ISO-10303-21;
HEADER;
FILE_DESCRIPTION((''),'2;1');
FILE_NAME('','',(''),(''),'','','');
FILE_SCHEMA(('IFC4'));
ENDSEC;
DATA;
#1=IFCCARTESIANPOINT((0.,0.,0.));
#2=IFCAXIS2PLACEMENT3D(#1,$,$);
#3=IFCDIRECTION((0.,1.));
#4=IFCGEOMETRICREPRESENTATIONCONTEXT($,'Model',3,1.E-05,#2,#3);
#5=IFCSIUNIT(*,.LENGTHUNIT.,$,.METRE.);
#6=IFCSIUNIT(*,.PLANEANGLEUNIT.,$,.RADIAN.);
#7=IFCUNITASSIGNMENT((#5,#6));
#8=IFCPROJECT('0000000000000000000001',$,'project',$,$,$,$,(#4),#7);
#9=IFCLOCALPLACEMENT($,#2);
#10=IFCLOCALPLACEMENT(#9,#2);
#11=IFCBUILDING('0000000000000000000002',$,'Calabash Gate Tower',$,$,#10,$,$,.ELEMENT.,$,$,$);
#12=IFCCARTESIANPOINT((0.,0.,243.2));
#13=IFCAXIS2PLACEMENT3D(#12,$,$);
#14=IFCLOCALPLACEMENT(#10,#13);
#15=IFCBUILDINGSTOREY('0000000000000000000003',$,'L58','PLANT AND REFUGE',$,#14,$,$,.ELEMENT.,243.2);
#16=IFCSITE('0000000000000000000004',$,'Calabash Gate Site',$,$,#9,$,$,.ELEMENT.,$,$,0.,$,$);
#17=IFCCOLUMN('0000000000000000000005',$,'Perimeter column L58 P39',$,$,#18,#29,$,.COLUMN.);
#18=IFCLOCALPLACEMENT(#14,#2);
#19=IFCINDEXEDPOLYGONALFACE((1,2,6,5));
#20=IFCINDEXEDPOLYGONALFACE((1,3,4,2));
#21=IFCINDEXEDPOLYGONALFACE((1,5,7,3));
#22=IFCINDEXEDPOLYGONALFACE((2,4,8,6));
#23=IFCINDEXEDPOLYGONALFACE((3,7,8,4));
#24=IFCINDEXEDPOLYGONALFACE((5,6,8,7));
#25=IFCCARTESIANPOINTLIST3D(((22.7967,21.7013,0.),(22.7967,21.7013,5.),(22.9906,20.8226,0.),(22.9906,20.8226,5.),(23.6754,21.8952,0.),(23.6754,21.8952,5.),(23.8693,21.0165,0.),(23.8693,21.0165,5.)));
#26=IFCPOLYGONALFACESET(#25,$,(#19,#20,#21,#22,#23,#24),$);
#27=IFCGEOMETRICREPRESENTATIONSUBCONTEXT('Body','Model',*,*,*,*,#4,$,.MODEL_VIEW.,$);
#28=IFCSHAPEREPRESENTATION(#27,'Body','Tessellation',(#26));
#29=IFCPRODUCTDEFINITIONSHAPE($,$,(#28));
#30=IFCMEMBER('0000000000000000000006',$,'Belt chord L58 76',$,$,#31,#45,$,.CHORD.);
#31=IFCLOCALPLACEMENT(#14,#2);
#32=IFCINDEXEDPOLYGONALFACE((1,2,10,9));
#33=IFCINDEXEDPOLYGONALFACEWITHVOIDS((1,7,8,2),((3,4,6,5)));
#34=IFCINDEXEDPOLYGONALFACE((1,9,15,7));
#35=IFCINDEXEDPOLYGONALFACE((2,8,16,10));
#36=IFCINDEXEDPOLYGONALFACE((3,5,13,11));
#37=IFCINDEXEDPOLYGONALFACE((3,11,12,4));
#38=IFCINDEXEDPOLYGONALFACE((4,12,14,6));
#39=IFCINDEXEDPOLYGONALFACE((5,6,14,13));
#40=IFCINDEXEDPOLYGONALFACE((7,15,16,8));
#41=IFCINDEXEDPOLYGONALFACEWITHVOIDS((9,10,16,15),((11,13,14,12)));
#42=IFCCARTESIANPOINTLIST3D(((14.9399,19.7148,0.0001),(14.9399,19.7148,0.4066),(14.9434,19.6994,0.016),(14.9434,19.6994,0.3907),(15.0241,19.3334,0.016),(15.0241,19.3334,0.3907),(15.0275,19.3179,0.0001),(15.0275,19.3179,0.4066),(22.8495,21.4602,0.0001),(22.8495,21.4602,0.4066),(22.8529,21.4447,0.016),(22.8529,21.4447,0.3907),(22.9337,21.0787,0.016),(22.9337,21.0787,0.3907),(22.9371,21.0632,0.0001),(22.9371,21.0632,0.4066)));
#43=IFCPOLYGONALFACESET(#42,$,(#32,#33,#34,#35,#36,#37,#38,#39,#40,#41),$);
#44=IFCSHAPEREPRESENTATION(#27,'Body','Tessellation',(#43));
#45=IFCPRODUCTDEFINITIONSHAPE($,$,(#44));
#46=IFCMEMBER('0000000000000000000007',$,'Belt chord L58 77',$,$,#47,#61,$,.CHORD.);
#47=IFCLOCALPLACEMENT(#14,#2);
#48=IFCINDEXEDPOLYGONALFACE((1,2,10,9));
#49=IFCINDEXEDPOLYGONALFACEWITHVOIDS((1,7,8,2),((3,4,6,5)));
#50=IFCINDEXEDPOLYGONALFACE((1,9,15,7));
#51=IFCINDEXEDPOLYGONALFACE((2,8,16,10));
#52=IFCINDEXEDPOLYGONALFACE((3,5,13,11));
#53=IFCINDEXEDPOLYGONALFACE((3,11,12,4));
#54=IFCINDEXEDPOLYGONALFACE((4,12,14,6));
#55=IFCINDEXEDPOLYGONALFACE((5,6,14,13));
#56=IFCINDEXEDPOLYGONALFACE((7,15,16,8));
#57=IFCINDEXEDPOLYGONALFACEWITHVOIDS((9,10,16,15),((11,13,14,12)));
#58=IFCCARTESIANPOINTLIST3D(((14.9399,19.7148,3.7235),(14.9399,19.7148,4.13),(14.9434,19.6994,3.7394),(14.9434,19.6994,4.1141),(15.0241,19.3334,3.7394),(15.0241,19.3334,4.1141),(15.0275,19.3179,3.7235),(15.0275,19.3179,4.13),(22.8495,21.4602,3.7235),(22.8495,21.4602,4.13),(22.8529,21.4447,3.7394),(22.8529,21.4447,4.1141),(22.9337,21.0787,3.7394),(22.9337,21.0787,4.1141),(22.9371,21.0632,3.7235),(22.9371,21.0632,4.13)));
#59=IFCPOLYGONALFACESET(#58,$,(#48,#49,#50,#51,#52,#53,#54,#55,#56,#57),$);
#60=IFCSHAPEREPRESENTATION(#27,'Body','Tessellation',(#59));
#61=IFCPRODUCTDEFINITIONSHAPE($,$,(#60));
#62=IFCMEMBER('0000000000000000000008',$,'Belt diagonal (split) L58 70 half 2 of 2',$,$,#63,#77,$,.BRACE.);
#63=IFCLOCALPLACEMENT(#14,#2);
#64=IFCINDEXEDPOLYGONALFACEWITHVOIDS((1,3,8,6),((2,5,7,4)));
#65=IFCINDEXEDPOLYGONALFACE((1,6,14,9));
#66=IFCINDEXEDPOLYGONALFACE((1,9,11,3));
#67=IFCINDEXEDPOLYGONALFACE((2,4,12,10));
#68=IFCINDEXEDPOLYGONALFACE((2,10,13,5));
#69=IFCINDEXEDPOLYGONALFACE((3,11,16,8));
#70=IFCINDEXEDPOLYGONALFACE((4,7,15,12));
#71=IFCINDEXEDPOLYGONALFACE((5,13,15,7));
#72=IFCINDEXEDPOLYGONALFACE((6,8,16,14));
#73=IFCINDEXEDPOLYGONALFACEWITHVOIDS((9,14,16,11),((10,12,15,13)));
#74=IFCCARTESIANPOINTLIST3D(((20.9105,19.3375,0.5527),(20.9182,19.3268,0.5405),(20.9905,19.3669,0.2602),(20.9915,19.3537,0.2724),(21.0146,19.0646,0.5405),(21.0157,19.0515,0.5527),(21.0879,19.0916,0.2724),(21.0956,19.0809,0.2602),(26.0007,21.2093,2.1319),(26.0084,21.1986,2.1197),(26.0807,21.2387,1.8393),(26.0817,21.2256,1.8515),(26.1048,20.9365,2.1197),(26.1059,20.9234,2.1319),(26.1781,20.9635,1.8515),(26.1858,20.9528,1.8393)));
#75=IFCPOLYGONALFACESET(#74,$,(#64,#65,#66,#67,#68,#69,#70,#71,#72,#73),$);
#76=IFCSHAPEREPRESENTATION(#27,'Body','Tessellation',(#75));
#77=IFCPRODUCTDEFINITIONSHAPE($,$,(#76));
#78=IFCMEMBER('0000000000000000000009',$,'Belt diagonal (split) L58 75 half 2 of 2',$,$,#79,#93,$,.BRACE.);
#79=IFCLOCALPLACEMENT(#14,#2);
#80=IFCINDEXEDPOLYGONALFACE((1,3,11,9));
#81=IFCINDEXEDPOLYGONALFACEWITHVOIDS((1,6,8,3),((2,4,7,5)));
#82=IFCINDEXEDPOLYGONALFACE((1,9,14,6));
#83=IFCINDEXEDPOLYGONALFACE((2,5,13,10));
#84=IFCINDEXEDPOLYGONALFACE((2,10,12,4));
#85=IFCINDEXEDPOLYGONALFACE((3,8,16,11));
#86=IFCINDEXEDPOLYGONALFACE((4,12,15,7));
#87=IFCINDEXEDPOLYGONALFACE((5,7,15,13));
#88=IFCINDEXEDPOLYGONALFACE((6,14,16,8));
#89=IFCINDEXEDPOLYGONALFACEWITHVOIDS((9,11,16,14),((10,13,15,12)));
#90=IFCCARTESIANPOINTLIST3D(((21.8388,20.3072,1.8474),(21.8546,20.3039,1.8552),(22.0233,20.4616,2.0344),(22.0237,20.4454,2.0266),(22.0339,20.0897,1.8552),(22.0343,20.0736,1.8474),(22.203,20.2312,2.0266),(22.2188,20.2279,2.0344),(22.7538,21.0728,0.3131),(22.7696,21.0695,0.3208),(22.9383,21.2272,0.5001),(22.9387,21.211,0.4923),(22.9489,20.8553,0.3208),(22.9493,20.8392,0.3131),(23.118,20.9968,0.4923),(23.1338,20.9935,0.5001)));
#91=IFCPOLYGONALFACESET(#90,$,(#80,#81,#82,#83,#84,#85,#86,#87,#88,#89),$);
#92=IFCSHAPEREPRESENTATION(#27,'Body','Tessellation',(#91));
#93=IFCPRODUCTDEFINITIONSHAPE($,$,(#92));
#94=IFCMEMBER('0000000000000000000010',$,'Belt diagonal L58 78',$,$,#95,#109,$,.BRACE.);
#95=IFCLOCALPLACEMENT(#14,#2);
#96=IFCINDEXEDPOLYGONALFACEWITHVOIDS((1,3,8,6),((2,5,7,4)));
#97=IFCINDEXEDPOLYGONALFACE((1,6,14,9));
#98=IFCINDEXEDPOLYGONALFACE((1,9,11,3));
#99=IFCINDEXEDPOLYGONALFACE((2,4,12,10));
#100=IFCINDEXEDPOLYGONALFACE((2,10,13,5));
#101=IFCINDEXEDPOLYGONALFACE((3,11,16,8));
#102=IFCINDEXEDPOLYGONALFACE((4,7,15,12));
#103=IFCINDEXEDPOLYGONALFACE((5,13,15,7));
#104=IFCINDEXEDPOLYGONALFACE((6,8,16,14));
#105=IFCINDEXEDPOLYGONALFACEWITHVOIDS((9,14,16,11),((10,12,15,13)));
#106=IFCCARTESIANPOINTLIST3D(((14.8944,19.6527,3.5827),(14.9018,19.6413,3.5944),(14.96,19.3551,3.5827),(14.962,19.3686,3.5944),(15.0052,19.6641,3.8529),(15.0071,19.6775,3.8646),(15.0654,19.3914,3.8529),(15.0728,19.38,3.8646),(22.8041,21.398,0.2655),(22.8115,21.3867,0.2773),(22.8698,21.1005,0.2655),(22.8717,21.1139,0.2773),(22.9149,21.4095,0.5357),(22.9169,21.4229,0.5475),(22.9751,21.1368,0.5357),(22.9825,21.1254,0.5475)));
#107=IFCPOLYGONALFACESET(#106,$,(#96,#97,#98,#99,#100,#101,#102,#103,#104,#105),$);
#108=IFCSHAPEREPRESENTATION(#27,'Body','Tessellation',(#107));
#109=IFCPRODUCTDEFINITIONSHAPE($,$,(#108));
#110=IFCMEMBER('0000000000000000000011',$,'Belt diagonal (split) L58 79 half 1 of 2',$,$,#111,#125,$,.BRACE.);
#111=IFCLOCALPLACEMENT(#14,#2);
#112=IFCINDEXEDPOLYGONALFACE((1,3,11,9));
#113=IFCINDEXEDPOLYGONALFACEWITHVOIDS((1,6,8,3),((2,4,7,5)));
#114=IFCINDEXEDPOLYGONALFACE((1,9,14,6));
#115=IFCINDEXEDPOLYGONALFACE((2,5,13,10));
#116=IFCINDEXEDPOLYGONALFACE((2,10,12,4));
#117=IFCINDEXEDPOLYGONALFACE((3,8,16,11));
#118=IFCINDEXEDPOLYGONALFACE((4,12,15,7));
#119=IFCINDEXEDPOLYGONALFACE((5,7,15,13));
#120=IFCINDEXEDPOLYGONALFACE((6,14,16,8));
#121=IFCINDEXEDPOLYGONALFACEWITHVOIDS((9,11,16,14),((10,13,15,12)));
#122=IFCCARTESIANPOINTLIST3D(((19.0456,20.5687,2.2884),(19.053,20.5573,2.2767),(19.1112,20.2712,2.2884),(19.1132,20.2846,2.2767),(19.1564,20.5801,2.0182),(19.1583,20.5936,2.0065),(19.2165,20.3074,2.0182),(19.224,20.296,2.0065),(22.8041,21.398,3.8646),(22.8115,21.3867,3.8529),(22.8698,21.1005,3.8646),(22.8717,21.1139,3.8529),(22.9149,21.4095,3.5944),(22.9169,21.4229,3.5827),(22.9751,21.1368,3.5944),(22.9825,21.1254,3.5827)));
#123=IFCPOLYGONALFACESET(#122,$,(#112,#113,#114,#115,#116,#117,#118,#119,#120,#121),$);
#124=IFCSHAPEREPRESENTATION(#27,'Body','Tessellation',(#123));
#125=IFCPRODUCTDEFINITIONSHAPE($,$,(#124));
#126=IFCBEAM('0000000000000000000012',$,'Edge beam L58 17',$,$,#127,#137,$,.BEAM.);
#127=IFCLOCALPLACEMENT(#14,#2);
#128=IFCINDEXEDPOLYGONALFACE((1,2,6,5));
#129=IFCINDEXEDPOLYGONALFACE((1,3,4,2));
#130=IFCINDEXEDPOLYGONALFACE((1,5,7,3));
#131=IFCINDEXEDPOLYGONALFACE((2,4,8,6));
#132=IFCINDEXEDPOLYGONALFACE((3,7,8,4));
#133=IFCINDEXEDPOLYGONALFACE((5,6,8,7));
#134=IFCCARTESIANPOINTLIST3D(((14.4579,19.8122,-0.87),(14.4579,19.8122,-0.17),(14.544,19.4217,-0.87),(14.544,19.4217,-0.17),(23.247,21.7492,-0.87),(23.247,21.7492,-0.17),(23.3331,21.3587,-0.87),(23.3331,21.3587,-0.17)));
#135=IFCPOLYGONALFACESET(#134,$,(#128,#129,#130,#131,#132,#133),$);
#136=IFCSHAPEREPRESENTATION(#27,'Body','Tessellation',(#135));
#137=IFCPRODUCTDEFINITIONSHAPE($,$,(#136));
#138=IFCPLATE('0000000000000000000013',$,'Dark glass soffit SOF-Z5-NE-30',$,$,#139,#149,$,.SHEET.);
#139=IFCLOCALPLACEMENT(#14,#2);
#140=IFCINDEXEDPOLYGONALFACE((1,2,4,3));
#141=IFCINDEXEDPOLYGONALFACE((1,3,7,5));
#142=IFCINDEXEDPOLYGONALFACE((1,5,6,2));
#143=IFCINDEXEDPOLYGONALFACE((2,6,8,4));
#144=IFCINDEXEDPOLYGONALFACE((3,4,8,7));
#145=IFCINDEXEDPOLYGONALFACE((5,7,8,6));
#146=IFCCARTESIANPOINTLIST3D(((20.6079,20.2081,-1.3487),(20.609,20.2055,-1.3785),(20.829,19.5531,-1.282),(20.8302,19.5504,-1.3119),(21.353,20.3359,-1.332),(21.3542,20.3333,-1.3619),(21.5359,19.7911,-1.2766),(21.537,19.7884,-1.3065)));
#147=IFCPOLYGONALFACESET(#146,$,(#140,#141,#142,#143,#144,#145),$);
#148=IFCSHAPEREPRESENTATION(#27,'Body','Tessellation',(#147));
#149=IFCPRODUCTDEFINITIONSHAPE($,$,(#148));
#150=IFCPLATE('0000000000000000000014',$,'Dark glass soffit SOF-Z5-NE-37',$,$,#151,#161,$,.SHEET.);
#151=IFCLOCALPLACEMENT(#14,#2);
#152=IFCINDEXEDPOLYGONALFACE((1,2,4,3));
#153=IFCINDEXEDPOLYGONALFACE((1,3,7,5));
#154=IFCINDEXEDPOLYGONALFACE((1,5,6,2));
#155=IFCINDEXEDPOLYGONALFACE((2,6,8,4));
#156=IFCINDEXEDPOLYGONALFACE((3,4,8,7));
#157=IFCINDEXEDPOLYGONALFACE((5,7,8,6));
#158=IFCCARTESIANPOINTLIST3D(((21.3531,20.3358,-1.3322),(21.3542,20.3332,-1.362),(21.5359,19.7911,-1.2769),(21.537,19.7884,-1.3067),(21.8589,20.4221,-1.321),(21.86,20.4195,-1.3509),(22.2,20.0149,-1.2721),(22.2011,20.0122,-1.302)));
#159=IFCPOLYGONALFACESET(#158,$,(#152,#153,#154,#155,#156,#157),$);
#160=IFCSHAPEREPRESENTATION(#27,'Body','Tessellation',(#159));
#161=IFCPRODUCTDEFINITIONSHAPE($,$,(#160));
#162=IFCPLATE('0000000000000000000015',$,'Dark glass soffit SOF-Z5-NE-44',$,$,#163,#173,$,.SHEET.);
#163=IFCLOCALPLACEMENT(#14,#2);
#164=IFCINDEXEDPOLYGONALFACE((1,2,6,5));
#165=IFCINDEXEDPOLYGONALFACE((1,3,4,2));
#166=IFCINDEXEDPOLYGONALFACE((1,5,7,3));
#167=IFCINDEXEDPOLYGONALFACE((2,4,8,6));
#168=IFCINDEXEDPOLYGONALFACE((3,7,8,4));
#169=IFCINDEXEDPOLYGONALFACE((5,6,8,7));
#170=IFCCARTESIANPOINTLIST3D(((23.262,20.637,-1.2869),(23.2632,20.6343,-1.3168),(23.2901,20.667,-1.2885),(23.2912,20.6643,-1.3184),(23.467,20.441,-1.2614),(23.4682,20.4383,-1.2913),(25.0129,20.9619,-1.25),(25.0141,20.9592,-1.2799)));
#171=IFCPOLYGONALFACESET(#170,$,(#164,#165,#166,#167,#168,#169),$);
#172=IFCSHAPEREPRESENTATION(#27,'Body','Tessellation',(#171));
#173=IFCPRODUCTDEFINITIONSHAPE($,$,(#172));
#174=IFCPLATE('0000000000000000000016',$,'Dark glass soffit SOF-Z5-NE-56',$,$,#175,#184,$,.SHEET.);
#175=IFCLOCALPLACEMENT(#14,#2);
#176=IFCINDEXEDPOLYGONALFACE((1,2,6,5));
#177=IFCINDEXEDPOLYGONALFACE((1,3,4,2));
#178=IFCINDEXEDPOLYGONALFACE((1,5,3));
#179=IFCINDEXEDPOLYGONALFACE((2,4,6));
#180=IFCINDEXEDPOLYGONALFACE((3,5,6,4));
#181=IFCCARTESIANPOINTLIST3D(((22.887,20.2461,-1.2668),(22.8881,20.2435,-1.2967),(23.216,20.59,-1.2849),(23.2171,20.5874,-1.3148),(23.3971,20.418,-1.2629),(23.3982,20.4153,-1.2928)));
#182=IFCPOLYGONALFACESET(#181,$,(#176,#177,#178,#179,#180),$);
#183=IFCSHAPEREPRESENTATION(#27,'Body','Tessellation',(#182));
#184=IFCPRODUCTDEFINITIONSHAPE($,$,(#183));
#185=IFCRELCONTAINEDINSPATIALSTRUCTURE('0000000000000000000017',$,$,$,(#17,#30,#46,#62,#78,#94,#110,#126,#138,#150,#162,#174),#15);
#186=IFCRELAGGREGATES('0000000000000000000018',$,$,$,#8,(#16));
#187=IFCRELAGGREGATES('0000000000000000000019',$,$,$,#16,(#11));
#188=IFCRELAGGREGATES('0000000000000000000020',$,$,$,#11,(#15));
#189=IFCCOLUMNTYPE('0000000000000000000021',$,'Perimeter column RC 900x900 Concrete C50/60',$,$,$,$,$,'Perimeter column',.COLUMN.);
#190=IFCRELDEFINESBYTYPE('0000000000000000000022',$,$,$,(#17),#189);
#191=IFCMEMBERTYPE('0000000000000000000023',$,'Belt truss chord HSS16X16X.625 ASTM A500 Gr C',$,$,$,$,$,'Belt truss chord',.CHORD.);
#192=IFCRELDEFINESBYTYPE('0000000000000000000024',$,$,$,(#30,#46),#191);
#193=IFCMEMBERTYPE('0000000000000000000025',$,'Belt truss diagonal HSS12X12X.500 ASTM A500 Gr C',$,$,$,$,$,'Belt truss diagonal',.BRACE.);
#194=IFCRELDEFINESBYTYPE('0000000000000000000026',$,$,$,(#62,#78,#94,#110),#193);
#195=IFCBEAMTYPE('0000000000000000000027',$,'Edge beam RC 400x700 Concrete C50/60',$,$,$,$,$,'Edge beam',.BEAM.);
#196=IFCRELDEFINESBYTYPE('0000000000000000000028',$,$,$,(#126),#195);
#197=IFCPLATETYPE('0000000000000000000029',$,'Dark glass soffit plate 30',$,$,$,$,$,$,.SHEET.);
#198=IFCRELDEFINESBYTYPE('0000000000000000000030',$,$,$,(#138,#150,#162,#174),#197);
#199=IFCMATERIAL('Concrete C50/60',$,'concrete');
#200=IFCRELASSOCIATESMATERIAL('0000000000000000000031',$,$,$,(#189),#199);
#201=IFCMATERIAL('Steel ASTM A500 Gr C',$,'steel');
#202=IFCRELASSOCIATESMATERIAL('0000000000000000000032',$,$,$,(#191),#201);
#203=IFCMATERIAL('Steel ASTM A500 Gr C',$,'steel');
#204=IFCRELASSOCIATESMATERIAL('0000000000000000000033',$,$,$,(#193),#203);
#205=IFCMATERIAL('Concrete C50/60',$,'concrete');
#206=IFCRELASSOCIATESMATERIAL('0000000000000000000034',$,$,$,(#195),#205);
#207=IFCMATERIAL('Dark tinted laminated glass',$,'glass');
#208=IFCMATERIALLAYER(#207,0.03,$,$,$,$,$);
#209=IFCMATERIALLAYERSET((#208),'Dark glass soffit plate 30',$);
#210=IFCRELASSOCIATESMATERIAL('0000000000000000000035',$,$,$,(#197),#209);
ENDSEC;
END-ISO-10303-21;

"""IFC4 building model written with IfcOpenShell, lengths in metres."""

from ifc_helpers import new_model, si_unit, direction, frame, origin, origin_2d, place, context, subcontext, project, spatial, polyline, rectangle, hollow_rectangle, outline, extrude, material, layer, layer_set, material_profile, profile_set, type_object, element, save


model = new_model("IFC4")

# Units and contexts
model_context = context("Model", 3, precision=1e-05, world=origin(), true_north=direction((0.0, 1.0)))
body_context = subcontext(model_context, "Body", "Model", "MODEL_VIEW")
ifc_project = project(units=[si_unit("LENGTHUNIT", "METRE"), si_unit("PLANEANGLEUNIT", "RADIAN")], contexts=[model_context])

# Site, building, storey
site_placement = place(None, origin())
site = spatial("IfcSite", under=ifc_project, at=site_placement, Name="Calabash Gate Site", CompositionType="ELEMENT", RefElevation=0.0)
building_placement = place(site_placement, origin())
building = spatial("IfcBuilding", under=site, at=building_placement, Name="Calabash Gate Tower", CompositionType="ELEMENT")
storey_placement = place(building_placement, frame((0.0, 0.0, 243.2)))
storey = spatial("IfcBuildingStorey", under=building, at=storey_placement, Name="L58", Description="PLANT AND REFUGE", CompositionType="ELEMENT", Elevation=243.2)

# Column
ifc_material_1 = material(Name="Concrete C50/60", Category="concrete")
ifc_material_profile_1 = material_profile(ifc_material_1, rectangle(XDim=0.8999, YDim=0.8999, at=origin_2d()))
ifc_profile_set_1 = profile_set([ifc_material_profile_1], Name="Concrete C50/60")
column_type = type_object("IfcColumnType", Name="Perimeter column RC 900x900 Concrete C50/60", ElementType="Perimeter column", PredefinedType="COLUMN", material=ifc_profile_set_1)
column_placement = place(storey_placement, frame((23.333, 21.3589, 0.0), z_axis=(0.0, 0.0, 1.0), x_axis=(-0.976511, -0.215468, 0.0)))
element("IfcColumn", 1, at=column_placement, inside=storey, type_object=column_type, Name="Perimeter column L58 P39", PredefinedType="COLUMN", context=body_context, shape_type="SweptSolid", body=[
    extrude(rectangle(XDim=0.8999, YDim=0.8999, at=origin_2d()), origin(), (0.0, 0.0, 1.0), 5.0),
])

# Members
ifc_material_2 = material(Name="Steel ASTM A500 Gr C", Category="steel")
ifc_material_profile_2 = material_profile(ifc_material_2, hollow_rectangle(XDim=0.4065, YDim=0.4065, WallThickness=0.0159, at=origin_2d()))
ifc_profile_set_2 = profile_set([ifc_material_profile_2], Name="Steel ASTM A500 Gr C")
member_type_1 = type_object("IfcMemberType", Name="Belt truss chord HSS16X16X.625 ASTM A500 Gr C", ElementType="Belt truss chord", PredefinedType="CHORD", material=ifc_profile_set_2)
for number, where, z_axis, x_axis, name in (
    (2, (22.8933, 21.2617, 0.2034), (-0.976509, -0.215478, 0.0), (0.215478, -0.976509, 0.0), "Belt chord L58 76"),
    (3, (22.8933, 21.2617, 3.9268), (-0.976509, -0.215478, 0.0), (0.215478, -0.976509, 0.0), "Belt chord L58 77"),
):
    element("IfcMember", number, at=place(storey_placement, frame(where, z_axis=z_axis, x_axis=x_axis)), inside=storey, type_object=member_type_1, Name=name, PredefinedType="CHORD", context=body_context, shape_type="SweptSolid", body=[
        extrude(hollow_rectangle(XDim=0.4065, YDim=0.4065, WallThickness=0.0159, at=origin_2d()), origin(), (0.0, 0.0, 1.0), 8.0999),
    ])
ifc_material_3 = material(Name="Steel ASTM A500 Gr C", Category="steel")
ifc_material_profile_3 = material_profile(ifc_material_3, hollow_rectangle(XDim=0.3047, YDim=0.3047, WallThickness=0.0127, at=origin_2d()))
ifc_profile_set_3 = profile_set([ifc_material_profile_3], Name="Steel ASTM A500 Gr C")
member_type_2 = type_object("IfcMemberType", Name="Belt truss diagonal HSS12X12X.500 ASTM A500 Gr C", ElementType="Belt truss diagonal", PredefinedType="BRACE", material=ifc_profile_set_3)
member_1_placement = place(storey_placement, frame((26.0933, 21.0811, 1.9856), z_axis=(-0.901129, -0.331381, -0.279558), x_axis=(0.345142, -0.93855, 0.0)))
element("IfcMember", 4, at=member_1_placement, inside=storey, type_object=member_type_2, Name="Belt diagonal (split) L58 70 half 2 of 2", PredefinedType="BRACE", context=body_context, shape_type="SweptSolid", body=[
    extrude(hollow_rectangle(XDim=0.3047, YDim=0.3047, WallThickness=0.0127, at=origin_2d()), origin(), (0.0, 0.0, 1.0), 5.6487),
])
member_2_placement = place(storey_placement, frame((22.0288, 20.2676, 1.9409), z_axis=(0.470774, 0.393903, -0.789438), x_axis=(-0.641713, 0.766945, 0.0)))
element("IfcMember", 5, at=member_2_placement, inside=storey, type_object=member_type_2, Name="Belt diagonal (split) L58 75 half 2 of 2", PredefinedType="BRACE", context=body_context, shape_type="SweptSolid", body=[
    extrude(hollow_rectangle(XDim=0.3047, YDim=0.3047, WallThickness=0.0127, at=origin_2d()), origin(), (0.0, 0.0, 1.0), 1.9436),
])
member_3_placement = place(storey_placement, frame((22.8933, 21.2617, 0.4065), z_axis=(-0.903667, -0.199405, 0.378978), x_axis=(0.215478, -0.976509, 0.0)))
element("IfcMember", 6, at=member_3_placement, inside=storey, type_object=member_type_2, Name="Belt diagonal L58 78", PredefinedType="BRACE", context=body_context, shape_type="SweptSolid", body=[
    extrude(hollow_rectangle(XDim=0.3047, YDim=0.3047, WallThickness=0.0127, at=origin_2d()), origin(), (0.0, 0.0, 1.0), 8.7529),
])
member_4_placement = place(storey_placement, frame((22.8933, 21.2617, 3.7236), z_axis=(-0.903674, -0.199401, -0.378962), x_axis=(0.215473, -0.97651, 0.0)))
element("IfcMember", 7, at=member_4_placement, inside=storey, type_object=member_type_2, Name="Belt diagonal (split) L58 79 half 1 of 2", PredefinedType="BRACE", context=body_context, shape_type="SweptSolid", body=[
    extrude(hollow_rectangle(XDim=0.3047, YDim=0.3047, WallThickness=0.0127, at=origin_2d()), origin(), (0.0, 0.0, 1.0), 4.1592),
])

# Beam
ifc_material_4 = material(Name="Concrete C50/60", Category="concrete")
ifc_material_profile_4 = material_profile(ifc_material_4, rectangle(XDim=0.3999, YDim=0.7, at=origin_2d()))
ifc_profile_set_4 = profile_set([ifc_material_profile_4], Name="Concrete C50/60")
beam_type = type_object("IfcBeamType", Name="Edge beam RC 400x700 Concrete C50/60", ElementType="Edge beam", PredefinedType="BEAM", material=ifc_profile_set_4)
beam_placement = place(storey_placement, frame((23.29, 21.554, -0.52), z_axis=(-0.976565, -0.215224, 0.0), x_axis=(0.215224, -0.976565, 0.0)))
element("IfcBeam", 8, at=beam_placement, inside=storey, type_object=beam_type, Name="Edge beam L58 17", PredefinedType="BEAM", context=body_context, shape_type="SweptSolid", body=[
    extrude(rectangle(XDim=0.3999, YDim=0.7, at=origin_2d()), origin(), (0.0, 0.0, 1.0), 9.0),
])

# Plates
ifc_material_5 = material(Name="Dark tinted laminated glass", Category="glass")
ifc_layer_1 = layer(ifc_material_5, 0.03)
ifc_layer_set_1 = layer_set([ifc_layer_1], Name="Dark glass soffit plate 30")
plate_type_1 = type_object("IfcPlateType", Name="Dark glass soffit plate 30", PredefinedType="SHEET", material=ifc_layer_set_1)
plate_1_placement = place(storey_placement, frame((21.353, 20.3359, -1.332), z_axis=(-0.037411, 0.08866, 0.995359), x_axis=(0.316668, -0.94367, 0.095958)))
element("IfcPlate", 9, at=plate_1_placement, inside=storey, type_object=plate_type_1, Name="Dark glass soffit SOF-Z5-NE-30", PredefinedType="SHEET", context=body_context, shape_type="SweptSolid", body=[
    extrude(outline(polyline([(0.0, 0.0), (0.5774, 0.0), (0.5776, -0.7458), (-0.1169, -0.7471), (0.0, 0.0)])), origin(), (0.0, 0.0, -1.0), 0.03),
])
plate_2_placement = place(storey_placement, frame((21.8589, 20.4221, -1.321), z_axis=(-0.03699, 0.088627, 0.995378), x_axis=(0.639368, -0.763409, 0.091733)))
element("IfcPlate", 10, at=plate_2_placement, inside=storey, type_object=plate_type_1, Name="Dark glass soffit SOF-Z5-NE-37", PredefinedType="SHEET", context=body_context, shape_type="SweptSolid", body=[
    extrude(outline(polyline([(0.0, 0.0), (0.5334, 0.0), (0.2793, -0.6531), (-0.2585, -0.4434), (0.0, 0.0)])), origin(), (0.0, 0.0, -1.0), 0.03),
])
plate_3_placement = place(storey_placement, frame((25.0129, 20.9619, -1.25), z_axis=(-0.037627, 0.089841, 0.995245), x_axis=(-0.947618, -0.31933, -0.007)))
element("IfcPlate", 11, at=plate_3_placement, inside=storey, type_object=plate_type_1, Name="Dark glass soffit SOF-Z5-NE-44", PredefinedType="SHEET", context=body_context, shape_type="SweptSolid", body=[
    extrude(outline(polyline([(0.0, 0.0), (1.6313, 0.0), (1.7632, -0.2524), (1.7271, -0.272), (0.0, 0.0)])), origin(), (0.0, 0.0, -1.0), 0.03),
])
plate_4_placement = place(storey_placement, frame((22.887, 20.2461, -1.2668), z_axis=(-0.037254, 0.08792, 0.995431), x_axis=(0.690795, 0.722055, -0.037922)))
element("IfcPlate", 12, at=plate_4_placement, inside=storey, type_object=plate_type_1, Name="Dark glass soffit SOF-Z5-NE-56", PredefinedType="SHEET", context=body_context, shape_type="SweptSolid", body=[
    extrude(outline(polyline([(0.0, 0.0), (0.4763, 0.0), (0.4763, -0.2507), (0.0, 0.0)])), origin(), (0.0, 0.0, -1.0), 0.03),
])

save(model, "model.ifc")
